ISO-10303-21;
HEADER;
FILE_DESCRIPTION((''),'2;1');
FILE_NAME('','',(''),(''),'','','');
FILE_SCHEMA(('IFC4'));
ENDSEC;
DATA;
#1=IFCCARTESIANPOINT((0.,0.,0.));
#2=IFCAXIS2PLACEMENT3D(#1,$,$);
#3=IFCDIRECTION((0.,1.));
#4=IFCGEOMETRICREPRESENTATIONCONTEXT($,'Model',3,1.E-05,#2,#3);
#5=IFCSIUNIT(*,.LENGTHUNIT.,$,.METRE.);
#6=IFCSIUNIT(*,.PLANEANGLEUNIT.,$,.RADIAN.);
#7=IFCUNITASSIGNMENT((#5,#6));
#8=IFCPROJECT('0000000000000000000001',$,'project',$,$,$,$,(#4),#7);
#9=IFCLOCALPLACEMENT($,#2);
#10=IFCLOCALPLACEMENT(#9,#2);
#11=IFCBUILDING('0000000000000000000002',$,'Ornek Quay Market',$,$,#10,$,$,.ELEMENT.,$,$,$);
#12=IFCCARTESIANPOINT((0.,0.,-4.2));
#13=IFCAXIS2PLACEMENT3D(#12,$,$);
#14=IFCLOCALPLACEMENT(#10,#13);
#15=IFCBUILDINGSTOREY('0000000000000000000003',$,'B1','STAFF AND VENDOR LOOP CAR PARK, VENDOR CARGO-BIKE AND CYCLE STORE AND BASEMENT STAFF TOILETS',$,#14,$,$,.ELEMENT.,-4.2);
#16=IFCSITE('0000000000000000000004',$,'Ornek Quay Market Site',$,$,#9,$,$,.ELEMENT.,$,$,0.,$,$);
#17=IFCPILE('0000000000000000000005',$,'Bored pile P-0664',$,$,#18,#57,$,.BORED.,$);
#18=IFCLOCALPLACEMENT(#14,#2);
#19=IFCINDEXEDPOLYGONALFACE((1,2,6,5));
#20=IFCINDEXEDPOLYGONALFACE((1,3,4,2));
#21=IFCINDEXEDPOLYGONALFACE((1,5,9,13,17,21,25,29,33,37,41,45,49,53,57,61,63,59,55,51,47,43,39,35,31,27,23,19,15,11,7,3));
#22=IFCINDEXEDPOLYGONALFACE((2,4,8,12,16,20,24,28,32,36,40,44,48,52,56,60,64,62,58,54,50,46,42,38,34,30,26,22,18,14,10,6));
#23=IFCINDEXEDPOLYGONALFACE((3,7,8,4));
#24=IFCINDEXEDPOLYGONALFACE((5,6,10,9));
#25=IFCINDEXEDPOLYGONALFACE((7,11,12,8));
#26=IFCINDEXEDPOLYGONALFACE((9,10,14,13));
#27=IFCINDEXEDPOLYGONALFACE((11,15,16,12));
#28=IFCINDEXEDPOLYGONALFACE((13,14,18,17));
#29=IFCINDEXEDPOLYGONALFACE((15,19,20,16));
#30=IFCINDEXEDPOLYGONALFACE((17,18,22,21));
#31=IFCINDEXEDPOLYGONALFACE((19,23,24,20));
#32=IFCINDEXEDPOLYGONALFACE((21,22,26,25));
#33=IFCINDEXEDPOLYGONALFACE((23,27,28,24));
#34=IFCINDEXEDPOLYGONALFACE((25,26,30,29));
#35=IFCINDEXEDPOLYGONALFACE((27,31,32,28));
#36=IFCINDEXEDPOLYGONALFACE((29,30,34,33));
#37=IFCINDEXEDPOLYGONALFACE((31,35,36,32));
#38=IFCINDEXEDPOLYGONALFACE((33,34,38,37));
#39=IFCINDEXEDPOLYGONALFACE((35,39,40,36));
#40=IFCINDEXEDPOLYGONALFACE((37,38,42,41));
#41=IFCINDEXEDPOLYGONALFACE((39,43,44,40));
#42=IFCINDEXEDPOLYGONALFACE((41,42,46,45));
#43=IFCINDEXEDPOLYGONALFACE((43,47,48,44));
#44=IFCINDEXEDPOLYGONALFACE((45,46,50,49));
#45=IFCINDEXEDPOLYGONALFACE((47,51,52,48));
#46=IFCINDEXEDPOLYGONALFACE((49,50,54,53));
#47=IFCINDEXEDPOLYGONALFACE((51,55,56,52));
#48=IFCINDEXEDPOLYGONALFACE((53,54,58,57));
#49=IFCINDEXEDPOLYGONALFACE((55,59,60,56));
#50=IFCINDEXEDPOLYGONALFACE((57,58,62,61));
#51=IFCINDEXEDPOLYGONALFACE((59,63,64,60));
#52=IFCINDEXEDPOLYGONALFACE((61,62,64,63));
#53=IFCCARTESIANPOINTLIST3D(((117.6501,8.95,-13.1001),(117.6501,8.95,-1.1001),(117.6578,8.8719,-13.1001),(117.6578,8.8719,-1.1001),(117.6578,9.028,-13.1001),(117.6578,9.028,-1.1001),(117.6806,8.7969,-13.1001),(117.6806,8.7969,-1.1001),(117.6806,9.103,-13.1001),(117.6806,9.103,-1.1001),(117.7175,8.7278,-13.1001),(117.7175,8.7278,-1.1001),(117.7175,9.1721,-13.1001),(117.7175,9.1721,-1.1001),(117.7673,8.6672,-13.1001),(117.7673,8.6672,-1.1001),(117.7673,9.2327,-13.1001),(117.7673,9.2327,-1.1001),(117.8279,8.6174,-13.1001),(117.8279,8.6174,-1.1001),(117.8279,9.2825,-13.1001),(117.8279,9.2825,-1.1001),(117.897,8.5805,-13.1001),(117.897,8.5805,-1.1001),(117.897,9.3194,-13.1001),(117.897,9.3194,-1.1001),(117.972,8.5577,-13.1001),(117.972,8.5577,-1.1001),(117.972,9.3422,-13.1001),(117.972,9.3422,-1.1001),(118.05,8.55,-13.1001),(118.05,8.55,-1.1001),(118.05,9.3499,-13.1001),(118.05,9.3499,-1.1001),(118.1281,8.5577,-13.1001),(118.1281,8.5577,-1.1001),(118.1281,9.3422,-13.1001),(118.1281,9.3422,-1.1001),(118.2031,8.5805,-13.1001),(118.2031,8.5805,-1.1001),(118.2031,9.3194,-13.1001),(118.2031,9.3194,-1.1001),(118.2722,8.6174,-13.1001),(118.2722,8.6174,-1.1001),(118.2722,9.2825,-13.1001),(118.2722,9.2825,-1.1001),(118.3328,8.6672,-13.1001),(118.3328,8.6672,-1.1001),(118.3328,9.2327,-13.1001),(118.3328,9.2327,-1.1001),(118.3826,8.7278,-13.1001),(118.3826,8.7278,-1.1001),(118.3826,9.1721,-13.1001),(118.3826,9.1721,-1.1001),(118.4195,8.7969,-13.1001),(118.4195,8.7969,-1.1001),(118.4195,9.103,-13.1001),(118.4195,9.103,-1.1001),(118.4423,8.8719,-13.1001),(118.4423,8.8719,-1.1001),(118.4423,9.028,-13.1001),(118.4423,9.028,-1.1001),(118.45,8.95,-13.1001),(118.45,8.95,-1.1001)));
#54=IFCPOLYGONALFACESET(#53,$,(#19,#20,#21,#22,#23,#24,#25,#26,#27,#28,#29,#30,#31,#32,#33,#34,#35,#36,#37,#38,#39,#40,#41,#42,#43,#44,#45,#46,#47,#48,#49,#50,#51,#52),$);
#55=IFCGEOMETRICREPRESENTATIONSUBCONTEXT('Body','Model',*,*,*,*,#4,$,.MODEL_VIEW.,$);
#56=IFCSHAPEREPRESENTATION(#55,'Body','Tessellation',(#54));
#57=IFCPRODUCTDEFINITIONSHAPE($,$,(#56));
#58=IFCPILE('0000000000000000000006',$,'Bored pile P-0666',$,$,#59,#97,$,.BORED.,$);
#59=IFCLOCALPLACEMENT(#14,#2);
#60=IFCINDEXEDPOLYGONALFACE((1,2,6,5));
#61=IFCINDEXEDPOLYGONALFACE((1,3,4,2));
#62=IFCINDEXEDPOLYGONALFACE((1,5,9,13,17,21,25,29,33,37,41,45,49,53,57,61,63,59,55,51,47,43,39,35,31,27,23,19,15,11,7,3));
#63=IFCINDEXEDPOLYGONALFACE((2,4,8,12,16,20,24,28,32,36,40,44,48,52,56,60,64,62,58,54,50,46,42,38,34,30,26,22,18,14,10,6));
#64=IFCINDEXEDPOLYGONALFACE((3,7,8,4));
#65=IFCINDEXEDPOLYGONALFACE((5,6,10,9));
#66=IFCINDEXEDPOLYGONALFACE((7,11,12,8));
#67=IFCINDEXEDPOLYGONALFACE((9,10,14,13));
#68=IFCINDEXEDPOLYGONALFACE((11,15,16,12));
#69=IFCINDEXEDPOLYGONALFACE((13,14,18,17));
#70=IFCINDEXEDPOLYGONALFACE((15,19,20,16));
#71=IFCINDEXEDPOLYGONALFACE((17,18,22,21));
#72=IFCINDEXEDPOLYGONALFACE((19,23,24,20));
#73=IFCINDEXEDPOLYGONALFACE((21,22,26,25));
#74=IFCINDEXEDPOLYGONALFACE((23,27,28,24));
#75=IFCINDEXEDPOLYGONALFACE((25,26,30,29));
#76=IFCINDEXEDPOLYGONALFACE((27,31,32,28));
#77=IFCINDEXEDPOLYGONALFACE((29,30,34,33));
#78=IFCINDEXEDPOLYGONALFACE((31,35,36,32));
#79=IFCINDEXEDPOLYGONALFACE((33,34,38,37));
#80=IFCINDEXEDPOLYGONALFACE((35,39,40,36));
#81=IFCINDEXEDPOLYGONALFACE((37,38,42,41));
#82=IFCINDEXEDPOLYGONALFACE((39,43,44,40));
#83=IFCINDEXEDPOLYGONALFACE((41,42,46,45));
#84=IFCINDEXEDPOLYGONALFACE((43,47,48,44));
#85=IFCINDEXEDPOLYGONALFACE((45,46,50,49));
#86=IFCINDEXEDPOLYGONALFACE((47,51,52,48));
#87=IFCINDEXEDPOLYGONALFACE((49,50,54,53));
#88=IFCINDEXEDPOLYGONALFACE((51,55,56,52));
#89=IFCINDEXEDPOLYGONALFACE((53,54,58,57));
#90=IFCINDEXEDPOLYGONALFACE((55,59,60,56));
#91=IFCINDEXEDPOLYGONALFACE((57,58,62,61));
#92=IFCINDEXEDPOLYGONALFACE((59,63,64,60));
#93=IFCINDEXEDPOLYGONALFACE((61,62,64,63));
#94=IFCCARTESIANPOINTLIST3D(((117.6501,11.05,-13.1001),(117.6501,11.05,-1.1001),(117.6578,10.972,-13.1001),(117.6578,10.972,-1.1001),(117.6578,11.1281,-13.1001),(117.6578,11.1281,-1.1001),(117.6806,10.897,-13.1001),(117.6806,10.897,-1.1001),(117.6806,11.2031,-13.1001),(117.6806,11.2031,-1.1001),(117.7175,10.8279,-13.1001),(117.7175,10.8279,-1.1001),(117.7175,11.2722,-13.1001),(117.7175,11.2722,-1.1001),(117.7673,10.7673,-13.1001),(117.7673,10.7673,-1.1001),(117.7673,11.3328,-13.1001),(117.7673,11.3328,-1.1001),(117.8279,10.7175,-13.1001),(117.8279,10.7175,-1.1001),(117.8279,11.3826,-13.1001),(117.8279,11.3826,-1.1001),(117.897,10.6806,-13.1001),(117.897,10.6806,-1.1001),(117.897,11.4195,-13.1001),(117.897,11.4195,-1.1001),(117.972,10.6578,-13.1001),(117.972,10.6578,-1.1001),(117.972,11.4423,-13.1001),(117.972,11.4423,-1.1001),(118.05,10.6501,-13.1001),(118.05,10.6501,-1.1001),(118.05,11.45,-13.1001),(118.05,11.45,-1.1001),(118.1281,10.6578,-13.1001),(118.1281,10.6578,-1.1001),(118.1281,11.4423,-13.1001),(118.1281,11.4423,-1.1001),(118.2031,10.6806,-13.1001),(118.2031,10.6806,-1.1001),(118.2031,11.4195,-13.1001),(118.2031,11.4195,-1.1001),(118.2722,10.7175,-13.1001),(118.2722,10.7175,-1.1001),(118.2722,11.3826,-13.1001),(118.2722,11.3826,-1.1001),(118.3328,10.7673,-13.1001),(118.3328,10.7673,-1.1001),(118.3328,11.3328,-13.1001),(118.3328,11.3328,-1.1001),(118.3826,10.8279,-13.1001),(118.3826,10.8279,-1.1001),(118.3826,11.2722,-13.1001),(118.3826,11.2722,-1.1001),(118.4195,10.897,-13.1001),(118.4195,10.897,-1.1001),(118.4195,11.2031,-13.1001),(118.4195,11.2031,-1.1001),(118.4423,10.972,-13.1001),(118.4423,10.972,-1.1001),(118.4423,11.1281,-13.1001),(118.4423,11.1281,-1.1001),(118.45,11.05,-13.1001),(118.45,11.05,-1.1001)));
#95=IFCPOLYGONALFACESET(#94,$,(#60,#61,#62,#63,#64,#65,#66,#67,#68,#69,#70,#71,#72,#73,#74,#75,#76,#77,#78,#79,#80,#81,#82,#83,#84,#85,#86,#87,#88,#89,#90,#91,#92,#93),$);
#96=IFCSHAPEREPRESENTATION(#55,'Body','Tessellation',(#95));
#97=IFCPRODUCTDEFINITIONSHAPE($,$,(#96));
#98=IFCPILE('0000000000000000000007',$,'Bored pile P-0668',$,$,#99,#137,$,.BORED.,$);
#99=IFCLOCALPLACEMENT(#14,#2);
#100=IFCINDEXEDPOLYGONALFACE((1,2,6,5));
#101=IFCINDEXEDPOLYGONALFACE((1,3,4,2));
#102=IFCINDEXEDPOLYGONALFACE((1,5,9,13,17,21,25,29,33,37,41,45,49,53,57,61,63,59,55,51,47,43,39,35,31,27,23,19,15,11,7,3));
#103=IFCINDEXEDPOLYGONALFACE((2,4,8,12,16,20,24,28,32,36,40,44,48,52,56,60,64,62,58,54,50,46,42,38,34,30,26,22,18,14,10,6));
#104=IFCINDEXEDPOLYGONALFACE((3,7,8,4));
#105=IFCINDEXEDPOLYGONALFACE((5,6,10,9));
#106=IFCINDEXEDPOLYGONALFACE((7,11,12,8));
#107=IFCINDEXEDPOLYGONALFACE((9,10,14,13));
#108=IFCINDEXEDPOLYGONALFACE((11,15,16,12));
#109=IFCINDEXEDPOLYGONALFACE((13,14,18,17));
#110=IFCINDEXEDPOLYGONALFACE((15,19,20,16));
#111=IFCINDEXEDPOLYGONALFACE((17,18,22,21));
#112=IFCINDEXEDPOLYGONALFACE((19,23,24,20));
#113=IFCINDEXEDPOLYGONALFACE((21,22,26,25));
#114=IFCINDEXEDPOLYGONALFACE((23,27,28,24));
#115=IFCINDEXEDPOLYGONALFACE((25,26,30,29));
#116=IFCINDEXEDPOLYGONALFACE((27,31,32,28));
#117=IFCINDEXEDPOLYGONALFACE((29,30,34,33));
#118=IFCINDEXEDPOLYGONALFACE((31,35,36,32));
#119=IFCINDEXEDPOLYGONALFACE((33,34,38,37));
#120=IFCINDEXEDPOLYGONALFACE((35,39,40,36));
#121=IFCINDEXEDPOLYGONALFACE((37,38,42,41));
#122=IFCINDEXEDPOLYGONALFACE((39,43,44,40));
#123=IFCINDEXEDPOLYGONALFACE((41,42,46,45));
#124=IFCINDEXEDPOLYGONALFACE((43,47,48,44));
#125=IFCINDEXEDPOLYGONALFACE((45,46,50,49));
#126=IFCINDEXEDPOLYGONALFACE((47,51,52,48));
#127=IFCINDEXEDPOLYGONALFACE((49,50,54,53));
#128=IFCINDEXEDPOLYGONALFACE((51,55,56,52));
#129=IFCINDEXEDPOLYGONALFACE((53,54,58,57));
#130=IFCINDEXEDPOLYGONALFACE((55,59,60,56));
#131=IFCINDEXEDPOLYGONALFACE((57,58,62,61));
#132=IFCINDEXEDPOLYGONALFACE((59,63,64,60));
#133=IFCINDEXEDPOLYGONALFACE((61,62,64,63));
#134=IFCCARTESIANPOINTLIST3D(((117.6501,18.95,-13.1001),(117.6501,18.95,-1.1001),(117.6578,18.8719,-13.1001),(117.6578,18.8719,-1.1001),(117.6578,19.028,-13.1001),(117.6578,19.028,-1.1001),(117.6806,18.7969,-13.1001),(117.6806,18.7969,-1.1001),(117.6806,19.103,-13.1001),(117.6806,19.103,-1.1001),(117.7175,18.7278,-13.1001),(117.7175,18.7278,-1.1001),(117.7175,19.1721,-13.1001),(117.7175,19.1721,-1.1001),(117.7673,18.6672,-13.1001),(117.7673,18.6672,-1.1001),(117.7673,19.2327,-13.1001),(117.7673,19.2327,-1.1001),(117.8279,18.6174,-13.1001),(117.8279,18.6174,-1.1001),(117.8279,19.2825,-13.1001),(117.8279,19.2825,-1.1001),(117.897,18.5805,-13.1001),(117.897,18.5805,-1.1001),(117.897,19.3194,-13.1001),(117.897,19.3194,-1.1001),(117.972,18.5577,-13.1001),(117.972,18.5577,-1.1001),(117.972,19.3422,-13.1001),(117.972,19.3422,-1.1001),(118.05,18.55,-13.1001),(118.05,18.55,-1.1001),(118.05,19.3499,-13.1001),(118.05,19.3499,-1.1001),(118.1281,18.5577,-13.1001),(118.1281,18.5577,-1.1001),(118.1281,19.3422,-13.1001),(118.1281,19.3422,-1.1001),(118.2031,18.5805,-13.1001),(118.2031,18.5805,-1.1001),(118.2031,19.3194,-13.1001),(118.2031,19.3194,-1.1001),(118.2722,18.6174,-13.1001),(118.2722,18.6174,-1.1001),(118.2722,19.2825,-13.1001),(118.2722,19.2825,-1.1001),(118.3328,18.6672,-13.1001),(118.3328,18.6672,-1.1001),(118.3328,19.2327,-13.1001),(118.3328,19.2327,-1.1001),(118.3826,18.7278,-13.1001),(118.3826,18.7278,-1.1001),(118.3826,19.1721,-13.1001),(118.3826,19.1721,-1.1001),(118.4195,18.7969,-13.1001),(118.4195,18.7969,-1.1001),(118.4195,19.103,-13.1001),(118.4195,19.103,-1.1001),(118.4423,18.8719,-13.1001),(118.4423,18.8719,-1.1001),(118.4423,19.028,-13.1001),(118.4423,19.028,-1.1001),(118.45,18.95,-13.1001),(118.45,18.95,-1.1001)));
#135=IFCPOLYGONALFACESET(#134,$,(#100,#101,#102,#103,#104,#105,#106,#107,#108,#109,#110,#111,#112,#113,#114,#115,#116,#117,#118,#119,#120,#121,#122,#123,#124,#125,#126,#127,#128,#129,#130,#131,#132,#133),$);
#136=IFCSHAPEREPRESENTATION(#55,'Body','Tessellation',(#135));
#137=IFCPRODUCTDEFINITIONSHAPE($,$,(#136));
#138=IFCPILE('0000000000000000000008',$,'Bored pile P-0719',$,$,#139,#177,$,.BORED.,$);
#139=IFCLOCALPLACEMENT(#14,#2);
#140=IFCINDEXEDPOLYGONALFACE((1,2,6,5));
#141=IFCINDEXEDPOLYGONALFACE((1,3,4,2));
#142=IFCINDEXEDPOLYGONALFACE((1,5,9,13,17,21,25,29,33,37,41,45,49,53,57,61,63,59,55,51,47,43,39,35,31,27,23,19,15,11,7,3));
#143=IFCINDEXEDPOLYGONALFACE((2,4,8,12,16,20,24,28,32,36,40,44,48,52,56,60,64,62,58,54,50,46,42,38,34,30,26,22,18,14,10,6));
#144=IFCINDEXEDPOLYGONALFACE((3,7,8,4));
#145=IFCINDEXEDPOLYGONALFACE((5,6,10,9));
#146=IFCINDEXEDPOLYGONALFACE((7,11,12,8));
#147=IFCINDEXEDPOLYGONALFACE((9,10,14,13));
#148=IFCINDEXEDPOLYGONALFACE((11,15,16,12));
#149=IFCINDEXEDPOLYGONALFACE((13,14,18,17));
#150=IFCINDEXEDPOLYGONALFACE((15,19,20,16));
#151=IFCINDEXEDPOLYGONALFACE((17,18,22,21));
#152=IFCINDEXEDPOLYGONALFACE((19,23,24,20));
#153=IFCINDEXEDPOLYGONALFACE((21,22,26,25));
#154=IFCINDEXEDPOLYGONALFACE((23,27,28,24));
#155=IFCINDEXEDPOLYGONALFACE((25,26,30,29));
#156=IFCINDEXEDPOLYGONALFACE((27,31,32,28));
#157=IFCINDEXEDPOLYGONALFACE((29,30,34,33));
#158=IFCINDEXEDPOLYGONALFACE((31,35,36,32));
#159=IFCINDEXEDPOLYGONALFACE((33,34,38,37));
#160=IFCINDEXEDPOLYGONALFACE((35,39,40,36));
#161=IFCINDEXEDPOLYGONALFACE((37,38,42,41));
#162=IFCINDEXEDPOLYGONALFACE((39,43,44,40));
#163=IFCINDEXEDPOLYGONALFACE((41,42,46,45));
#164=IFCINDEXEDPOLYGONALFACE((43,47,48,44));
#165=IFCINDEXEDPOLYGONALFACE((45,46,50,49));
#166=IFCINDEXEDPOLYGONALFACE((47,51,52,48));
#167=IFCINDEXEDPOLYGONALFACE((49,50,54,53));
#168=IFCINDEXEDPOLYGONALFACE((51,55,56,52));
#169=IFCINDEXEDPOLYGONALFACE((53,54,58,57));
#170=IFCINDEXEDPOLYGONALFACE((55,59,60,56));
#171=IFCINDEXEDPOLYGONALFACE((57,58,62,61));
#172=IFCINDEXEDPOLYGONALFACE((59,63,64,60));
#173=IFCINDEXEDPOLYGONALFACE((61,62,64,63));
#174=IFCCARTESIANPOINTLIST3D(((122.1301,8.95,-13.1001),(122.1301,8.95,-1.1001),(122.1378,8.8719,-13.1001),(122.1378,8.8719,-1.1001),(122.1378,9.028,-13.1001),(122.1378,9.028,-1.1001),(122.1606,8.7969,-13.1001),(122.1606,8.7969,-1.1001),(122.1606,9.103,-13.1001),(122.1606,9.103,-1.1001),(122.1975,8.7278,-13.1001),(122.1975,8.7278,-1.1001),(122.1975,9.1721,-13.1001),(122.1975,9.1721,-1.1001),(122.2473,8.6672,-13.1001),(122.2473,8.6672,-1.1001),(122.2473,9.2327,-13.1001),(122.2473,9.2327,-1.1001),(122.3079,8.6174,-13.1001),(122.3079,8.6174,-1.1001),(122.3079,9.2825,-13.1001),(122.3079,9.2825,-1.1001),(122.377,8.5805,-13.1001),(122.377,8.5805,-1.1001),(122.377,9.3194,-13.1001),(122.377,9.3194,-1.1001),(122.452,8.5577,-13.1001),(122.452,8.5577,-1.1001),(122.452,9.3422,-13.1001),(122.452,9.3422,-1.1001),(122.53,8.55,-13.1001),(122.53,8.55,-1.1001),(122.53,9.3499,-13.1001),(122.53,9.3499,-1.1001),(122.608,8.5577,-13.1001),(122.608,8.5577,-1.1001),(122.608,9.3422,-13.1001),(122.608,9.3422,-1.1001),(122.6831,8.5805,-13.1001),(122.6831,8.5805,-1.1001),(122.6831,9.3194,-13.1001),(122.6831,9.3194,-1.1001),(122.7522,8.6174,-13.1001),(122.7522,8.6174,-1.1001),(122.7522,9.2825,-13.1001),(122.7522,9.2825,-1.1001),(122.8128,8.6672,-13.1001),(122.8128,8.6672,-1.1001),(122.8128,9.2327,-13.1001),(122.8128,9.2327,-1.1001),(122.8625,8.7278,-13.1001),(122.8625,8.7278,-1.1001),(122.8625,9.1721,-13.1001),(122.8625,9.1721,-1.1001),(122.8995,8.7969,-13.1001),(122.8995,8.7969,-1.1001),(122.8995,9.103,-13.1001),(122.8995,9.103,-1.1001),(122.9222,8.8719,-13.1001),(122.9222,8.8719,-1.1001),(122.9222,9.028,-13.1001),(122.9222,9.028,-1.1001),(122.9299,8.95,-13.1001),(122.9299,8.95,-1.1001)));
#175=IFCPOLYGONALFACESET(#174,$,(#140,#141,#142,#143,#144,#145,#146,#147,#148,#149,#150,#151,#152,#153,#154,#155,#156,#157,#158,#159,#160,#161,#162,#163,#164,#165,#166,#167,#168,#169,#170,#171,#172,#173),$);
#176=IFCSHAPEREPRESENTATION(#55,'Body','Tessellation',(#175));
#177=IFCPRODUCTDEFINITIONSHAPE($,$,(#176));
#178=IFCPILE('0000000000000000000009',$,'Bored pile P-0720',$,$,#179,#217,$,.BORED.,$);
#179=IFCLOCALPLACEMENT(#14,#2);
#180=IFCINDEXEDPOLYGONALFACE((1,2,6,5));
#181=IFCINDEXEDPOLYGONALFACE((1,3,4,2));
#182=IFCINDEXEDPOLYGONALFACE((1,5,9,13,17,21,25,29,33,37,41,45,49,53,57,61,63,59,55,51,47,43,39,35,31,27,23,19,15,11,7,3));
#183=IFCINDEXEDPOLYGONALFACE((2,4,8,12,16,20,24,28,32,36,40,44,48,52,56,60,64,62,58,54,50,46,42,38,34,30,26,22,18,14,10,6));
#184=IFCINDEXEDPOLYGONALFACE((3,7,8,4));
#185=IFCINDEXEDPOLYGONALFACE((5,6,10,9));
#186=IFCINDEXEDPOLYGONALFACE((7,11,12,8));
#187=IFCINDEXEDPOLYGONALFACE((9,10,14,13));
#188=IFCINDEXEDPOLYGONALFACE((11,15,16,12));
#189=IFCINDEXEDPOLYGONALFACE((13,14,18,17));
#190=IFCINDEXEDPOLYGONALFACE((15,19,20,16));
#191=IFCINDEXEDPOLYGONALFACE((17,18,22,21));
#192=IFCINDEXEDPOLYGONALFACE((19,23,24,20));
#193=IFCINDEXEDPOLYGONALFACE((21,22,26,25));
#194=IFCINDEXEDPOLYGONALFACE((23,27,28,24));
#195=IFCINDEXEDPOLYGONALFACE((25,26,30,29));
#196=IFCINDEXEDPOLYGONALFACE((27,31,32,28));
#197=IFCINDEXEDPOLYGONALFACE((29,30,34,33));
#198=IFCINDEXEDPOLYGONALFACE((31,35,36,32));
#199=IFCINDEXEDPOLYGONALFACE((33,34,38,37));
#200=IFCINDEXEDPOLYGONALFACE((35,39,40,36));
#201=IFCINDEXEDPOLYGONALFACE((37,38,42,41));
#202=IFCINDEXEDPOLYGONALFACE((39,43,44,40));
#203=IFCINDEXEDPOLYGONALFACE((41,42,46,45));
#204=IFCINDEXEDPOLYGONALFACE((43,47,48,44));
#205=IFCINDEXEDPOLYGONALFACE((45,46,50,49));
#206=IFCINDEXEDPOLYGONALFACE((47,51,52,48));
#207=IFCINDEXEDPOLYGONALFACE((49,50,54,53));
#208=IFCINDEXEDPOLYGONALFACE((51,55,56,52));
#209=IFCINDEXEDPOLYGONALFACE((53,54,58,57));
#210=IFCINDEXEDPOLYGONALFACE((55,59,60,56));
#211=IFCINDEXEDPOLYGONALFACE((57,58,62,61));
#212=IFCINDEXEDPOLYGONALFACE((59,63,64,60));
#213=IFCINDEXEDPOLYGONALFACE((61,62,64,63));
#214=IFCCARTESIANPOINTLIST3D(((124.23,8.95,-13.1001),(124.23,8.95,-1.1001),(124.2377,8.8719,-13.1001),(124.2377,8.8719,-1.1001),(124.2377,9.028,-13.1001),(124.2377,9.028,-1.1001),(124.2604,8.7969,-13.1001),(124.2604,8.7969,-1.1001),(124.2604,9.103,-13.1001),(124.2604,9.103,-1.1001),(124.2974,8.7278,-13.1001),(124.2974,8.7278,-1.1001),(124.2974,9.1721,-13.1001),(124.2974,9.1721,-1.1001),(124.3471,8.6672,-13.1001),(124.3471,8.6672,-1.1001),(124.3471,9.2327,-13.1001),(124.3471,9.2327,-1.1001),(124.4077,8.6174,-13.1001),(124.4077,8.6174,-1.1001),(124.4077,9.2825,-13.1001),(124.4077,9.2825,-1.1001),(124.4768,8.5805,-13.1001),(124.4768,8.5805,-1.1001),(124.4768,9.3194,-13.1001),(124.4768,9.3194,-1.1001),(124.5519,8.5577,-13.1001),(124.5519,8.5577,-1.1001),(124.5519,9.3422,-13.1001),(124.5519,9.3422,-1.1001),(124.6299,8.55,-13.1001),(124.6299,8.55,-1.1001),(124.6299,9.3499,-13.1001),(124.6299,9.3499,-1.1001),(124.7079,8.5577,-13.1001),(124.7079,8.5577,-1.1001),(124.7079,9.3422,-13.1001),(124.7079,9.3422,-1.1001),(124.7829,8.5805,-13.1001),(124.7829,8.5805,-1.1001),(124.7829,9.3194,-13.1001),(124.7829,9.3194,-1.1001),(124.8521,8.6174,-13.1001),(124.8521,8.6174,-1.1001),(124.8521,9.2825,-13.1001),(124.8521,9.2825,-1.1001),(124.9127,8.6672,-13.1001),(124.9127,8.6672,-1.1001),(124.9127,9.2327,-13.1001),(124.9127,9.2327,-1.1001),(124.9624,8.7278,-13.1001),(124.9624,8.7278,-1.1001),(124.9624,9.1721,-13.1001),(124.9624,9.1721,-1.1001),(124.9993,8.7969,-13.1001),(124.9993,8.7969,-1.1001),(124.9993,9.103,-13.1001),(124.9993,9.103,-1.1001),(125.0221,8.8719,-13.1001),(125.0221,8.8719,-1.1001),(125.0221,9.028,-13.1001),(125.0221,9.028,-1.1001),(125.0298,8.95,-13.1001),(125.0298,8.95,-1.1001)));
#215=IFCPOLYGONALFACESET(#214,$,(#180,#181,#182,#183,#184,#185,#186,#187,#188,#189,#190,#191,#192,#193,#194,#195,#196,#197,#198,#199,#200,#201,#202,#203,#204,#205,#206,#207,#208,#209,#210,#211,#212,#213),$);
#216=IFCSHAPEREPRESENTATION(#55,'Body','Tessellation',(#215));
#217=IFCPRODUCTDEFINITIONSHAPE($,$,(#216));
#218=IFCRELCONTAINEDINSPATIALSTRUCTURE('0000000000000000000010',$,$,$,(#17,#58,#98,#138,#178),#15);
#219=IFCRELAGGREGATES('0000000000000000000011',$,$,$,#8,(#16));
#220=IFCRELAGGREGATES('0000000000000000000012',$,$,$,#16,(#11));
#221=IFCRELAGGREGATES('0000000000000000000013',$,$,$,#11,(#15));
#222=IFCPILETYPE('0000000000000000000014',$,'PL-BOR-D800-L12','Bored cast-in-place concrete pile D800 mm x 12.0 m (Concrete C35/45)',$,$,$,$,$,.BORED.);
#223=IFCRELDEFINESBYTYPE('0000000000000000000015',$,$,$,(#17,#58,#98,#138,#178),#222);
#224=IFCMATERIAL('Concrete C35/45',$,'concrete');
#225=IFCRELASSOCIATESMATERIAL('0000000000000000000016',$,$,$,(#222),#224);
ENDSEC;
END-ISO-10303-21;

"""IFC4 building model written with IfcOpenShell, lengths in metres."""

from ifc_helpers import new_model, si_unit, direction, frame, origin, origin_2d, place, context, subcontext, project, spatial, circle, extrude, material, material_profile, profile_set, type_object, element, save


model = new_model("IFC4")

# Units and contexts
model_context = context("Model", 3, precision=1e-05, world=origin(), true_north=direction((0.0, 1.0)))
body_context = subcontext(model_context, "Body", "Model", "MODEL_VIEW")
ifc_project = project(units=[si_unit("LENGTHUNIT", "METRE"), si_unit("PLANEANGLEUNIT", "RADIAN")], contexts=[model_context])

# Site, building, storey
site_placement = place(None, origin())
site = spatial("IfcSite", under=ifc_project, at=site_placement, Name="Ornek Quay Market Site", CompositionType="ELEMENT", RefElevation=0.0)
building_placement = place(site_placement, origin())
building = spatial("IfcBuilding", under=site, at=building_placement, Name="Ornek Quay Market", CompositionType="ELEMENT")
storey_placement = place(building_placement, frame((0.0, 0.0, -4.2)))
storey = spatial("IfcBuildingStorey", under=building, at=storey_placement, Name="B1", Description="STAFF AND VENDOR LOOP CAR PARK, VENDOR CARGO-BIKE AND CYCLE STORE AND BASEMENT STAFF TOILETS", CompositionType="ELEMENT", Elevation=-4.2)

# Piles
ifc_material_1 = material(Name="Concrete C35/45", Category="concrete")
ifc_material_profile_1 = material_profile(ifc_material_1, circle(Radius=0.3999, at=origin_2d()), Name="PILE D800", Category="concrete")
ifc_profile_set_1 = profile_set([ifc_material_profile_1], Name="Concrete C35/45")
pile_type = type_object("IfcPileType", Name="PL-BOR-D800-L12", Description="Bored cast-in-place concrete pile D800 mm x 12.0 m (Concrete C35/45)", PredefinedType="BORED", material=ifc_profile_set_1)
for number, where, z_axis, x_axis, name in (
    (1, (118.05, 8.95, -1.1001), (0.0, 0.0, -1.0), (1.0, 0.0, 0.0), "Bored pile P-0664"),
    (2, (118.05, 11.05, -1.1001), (0.0, 0.0, -1.0), (1.0, 0.0, 0.0), "Bored pile P-0666"),
    (3, (118.05, 18.95, -1.1001), (0.0, 0.0, -1.0), (1.0, 0.0, 0.0), "Bored pile P-0668"),
    (4, (122.53, 8.95, -1.1001), (0.0, 0.0, -1.0), (1.0, 0.0, 0.0), "Bored pile P-0719"),
    (5, (124.6299, 8.95, -1.1001), (0.0, 0.0, -1.0), (1.0, 0.0, 0.0), "Bored pile P-0720"),
):
    element("IfcPile", number, at=place(storey_placement, frame(where, z_axis=z_axis, x_axis=x_axis)), inside=storey, type_object=pile_type, Name=name, PredefinedType="BORED", context=body_context, shape_type="SweptSolid", body=[
        extrude(circle(Radius=0.3999, at=origin_2d()), origin(), (0.0, 0.0, 1.0), 12.0),
    ])

save(model, "model.ifc")
